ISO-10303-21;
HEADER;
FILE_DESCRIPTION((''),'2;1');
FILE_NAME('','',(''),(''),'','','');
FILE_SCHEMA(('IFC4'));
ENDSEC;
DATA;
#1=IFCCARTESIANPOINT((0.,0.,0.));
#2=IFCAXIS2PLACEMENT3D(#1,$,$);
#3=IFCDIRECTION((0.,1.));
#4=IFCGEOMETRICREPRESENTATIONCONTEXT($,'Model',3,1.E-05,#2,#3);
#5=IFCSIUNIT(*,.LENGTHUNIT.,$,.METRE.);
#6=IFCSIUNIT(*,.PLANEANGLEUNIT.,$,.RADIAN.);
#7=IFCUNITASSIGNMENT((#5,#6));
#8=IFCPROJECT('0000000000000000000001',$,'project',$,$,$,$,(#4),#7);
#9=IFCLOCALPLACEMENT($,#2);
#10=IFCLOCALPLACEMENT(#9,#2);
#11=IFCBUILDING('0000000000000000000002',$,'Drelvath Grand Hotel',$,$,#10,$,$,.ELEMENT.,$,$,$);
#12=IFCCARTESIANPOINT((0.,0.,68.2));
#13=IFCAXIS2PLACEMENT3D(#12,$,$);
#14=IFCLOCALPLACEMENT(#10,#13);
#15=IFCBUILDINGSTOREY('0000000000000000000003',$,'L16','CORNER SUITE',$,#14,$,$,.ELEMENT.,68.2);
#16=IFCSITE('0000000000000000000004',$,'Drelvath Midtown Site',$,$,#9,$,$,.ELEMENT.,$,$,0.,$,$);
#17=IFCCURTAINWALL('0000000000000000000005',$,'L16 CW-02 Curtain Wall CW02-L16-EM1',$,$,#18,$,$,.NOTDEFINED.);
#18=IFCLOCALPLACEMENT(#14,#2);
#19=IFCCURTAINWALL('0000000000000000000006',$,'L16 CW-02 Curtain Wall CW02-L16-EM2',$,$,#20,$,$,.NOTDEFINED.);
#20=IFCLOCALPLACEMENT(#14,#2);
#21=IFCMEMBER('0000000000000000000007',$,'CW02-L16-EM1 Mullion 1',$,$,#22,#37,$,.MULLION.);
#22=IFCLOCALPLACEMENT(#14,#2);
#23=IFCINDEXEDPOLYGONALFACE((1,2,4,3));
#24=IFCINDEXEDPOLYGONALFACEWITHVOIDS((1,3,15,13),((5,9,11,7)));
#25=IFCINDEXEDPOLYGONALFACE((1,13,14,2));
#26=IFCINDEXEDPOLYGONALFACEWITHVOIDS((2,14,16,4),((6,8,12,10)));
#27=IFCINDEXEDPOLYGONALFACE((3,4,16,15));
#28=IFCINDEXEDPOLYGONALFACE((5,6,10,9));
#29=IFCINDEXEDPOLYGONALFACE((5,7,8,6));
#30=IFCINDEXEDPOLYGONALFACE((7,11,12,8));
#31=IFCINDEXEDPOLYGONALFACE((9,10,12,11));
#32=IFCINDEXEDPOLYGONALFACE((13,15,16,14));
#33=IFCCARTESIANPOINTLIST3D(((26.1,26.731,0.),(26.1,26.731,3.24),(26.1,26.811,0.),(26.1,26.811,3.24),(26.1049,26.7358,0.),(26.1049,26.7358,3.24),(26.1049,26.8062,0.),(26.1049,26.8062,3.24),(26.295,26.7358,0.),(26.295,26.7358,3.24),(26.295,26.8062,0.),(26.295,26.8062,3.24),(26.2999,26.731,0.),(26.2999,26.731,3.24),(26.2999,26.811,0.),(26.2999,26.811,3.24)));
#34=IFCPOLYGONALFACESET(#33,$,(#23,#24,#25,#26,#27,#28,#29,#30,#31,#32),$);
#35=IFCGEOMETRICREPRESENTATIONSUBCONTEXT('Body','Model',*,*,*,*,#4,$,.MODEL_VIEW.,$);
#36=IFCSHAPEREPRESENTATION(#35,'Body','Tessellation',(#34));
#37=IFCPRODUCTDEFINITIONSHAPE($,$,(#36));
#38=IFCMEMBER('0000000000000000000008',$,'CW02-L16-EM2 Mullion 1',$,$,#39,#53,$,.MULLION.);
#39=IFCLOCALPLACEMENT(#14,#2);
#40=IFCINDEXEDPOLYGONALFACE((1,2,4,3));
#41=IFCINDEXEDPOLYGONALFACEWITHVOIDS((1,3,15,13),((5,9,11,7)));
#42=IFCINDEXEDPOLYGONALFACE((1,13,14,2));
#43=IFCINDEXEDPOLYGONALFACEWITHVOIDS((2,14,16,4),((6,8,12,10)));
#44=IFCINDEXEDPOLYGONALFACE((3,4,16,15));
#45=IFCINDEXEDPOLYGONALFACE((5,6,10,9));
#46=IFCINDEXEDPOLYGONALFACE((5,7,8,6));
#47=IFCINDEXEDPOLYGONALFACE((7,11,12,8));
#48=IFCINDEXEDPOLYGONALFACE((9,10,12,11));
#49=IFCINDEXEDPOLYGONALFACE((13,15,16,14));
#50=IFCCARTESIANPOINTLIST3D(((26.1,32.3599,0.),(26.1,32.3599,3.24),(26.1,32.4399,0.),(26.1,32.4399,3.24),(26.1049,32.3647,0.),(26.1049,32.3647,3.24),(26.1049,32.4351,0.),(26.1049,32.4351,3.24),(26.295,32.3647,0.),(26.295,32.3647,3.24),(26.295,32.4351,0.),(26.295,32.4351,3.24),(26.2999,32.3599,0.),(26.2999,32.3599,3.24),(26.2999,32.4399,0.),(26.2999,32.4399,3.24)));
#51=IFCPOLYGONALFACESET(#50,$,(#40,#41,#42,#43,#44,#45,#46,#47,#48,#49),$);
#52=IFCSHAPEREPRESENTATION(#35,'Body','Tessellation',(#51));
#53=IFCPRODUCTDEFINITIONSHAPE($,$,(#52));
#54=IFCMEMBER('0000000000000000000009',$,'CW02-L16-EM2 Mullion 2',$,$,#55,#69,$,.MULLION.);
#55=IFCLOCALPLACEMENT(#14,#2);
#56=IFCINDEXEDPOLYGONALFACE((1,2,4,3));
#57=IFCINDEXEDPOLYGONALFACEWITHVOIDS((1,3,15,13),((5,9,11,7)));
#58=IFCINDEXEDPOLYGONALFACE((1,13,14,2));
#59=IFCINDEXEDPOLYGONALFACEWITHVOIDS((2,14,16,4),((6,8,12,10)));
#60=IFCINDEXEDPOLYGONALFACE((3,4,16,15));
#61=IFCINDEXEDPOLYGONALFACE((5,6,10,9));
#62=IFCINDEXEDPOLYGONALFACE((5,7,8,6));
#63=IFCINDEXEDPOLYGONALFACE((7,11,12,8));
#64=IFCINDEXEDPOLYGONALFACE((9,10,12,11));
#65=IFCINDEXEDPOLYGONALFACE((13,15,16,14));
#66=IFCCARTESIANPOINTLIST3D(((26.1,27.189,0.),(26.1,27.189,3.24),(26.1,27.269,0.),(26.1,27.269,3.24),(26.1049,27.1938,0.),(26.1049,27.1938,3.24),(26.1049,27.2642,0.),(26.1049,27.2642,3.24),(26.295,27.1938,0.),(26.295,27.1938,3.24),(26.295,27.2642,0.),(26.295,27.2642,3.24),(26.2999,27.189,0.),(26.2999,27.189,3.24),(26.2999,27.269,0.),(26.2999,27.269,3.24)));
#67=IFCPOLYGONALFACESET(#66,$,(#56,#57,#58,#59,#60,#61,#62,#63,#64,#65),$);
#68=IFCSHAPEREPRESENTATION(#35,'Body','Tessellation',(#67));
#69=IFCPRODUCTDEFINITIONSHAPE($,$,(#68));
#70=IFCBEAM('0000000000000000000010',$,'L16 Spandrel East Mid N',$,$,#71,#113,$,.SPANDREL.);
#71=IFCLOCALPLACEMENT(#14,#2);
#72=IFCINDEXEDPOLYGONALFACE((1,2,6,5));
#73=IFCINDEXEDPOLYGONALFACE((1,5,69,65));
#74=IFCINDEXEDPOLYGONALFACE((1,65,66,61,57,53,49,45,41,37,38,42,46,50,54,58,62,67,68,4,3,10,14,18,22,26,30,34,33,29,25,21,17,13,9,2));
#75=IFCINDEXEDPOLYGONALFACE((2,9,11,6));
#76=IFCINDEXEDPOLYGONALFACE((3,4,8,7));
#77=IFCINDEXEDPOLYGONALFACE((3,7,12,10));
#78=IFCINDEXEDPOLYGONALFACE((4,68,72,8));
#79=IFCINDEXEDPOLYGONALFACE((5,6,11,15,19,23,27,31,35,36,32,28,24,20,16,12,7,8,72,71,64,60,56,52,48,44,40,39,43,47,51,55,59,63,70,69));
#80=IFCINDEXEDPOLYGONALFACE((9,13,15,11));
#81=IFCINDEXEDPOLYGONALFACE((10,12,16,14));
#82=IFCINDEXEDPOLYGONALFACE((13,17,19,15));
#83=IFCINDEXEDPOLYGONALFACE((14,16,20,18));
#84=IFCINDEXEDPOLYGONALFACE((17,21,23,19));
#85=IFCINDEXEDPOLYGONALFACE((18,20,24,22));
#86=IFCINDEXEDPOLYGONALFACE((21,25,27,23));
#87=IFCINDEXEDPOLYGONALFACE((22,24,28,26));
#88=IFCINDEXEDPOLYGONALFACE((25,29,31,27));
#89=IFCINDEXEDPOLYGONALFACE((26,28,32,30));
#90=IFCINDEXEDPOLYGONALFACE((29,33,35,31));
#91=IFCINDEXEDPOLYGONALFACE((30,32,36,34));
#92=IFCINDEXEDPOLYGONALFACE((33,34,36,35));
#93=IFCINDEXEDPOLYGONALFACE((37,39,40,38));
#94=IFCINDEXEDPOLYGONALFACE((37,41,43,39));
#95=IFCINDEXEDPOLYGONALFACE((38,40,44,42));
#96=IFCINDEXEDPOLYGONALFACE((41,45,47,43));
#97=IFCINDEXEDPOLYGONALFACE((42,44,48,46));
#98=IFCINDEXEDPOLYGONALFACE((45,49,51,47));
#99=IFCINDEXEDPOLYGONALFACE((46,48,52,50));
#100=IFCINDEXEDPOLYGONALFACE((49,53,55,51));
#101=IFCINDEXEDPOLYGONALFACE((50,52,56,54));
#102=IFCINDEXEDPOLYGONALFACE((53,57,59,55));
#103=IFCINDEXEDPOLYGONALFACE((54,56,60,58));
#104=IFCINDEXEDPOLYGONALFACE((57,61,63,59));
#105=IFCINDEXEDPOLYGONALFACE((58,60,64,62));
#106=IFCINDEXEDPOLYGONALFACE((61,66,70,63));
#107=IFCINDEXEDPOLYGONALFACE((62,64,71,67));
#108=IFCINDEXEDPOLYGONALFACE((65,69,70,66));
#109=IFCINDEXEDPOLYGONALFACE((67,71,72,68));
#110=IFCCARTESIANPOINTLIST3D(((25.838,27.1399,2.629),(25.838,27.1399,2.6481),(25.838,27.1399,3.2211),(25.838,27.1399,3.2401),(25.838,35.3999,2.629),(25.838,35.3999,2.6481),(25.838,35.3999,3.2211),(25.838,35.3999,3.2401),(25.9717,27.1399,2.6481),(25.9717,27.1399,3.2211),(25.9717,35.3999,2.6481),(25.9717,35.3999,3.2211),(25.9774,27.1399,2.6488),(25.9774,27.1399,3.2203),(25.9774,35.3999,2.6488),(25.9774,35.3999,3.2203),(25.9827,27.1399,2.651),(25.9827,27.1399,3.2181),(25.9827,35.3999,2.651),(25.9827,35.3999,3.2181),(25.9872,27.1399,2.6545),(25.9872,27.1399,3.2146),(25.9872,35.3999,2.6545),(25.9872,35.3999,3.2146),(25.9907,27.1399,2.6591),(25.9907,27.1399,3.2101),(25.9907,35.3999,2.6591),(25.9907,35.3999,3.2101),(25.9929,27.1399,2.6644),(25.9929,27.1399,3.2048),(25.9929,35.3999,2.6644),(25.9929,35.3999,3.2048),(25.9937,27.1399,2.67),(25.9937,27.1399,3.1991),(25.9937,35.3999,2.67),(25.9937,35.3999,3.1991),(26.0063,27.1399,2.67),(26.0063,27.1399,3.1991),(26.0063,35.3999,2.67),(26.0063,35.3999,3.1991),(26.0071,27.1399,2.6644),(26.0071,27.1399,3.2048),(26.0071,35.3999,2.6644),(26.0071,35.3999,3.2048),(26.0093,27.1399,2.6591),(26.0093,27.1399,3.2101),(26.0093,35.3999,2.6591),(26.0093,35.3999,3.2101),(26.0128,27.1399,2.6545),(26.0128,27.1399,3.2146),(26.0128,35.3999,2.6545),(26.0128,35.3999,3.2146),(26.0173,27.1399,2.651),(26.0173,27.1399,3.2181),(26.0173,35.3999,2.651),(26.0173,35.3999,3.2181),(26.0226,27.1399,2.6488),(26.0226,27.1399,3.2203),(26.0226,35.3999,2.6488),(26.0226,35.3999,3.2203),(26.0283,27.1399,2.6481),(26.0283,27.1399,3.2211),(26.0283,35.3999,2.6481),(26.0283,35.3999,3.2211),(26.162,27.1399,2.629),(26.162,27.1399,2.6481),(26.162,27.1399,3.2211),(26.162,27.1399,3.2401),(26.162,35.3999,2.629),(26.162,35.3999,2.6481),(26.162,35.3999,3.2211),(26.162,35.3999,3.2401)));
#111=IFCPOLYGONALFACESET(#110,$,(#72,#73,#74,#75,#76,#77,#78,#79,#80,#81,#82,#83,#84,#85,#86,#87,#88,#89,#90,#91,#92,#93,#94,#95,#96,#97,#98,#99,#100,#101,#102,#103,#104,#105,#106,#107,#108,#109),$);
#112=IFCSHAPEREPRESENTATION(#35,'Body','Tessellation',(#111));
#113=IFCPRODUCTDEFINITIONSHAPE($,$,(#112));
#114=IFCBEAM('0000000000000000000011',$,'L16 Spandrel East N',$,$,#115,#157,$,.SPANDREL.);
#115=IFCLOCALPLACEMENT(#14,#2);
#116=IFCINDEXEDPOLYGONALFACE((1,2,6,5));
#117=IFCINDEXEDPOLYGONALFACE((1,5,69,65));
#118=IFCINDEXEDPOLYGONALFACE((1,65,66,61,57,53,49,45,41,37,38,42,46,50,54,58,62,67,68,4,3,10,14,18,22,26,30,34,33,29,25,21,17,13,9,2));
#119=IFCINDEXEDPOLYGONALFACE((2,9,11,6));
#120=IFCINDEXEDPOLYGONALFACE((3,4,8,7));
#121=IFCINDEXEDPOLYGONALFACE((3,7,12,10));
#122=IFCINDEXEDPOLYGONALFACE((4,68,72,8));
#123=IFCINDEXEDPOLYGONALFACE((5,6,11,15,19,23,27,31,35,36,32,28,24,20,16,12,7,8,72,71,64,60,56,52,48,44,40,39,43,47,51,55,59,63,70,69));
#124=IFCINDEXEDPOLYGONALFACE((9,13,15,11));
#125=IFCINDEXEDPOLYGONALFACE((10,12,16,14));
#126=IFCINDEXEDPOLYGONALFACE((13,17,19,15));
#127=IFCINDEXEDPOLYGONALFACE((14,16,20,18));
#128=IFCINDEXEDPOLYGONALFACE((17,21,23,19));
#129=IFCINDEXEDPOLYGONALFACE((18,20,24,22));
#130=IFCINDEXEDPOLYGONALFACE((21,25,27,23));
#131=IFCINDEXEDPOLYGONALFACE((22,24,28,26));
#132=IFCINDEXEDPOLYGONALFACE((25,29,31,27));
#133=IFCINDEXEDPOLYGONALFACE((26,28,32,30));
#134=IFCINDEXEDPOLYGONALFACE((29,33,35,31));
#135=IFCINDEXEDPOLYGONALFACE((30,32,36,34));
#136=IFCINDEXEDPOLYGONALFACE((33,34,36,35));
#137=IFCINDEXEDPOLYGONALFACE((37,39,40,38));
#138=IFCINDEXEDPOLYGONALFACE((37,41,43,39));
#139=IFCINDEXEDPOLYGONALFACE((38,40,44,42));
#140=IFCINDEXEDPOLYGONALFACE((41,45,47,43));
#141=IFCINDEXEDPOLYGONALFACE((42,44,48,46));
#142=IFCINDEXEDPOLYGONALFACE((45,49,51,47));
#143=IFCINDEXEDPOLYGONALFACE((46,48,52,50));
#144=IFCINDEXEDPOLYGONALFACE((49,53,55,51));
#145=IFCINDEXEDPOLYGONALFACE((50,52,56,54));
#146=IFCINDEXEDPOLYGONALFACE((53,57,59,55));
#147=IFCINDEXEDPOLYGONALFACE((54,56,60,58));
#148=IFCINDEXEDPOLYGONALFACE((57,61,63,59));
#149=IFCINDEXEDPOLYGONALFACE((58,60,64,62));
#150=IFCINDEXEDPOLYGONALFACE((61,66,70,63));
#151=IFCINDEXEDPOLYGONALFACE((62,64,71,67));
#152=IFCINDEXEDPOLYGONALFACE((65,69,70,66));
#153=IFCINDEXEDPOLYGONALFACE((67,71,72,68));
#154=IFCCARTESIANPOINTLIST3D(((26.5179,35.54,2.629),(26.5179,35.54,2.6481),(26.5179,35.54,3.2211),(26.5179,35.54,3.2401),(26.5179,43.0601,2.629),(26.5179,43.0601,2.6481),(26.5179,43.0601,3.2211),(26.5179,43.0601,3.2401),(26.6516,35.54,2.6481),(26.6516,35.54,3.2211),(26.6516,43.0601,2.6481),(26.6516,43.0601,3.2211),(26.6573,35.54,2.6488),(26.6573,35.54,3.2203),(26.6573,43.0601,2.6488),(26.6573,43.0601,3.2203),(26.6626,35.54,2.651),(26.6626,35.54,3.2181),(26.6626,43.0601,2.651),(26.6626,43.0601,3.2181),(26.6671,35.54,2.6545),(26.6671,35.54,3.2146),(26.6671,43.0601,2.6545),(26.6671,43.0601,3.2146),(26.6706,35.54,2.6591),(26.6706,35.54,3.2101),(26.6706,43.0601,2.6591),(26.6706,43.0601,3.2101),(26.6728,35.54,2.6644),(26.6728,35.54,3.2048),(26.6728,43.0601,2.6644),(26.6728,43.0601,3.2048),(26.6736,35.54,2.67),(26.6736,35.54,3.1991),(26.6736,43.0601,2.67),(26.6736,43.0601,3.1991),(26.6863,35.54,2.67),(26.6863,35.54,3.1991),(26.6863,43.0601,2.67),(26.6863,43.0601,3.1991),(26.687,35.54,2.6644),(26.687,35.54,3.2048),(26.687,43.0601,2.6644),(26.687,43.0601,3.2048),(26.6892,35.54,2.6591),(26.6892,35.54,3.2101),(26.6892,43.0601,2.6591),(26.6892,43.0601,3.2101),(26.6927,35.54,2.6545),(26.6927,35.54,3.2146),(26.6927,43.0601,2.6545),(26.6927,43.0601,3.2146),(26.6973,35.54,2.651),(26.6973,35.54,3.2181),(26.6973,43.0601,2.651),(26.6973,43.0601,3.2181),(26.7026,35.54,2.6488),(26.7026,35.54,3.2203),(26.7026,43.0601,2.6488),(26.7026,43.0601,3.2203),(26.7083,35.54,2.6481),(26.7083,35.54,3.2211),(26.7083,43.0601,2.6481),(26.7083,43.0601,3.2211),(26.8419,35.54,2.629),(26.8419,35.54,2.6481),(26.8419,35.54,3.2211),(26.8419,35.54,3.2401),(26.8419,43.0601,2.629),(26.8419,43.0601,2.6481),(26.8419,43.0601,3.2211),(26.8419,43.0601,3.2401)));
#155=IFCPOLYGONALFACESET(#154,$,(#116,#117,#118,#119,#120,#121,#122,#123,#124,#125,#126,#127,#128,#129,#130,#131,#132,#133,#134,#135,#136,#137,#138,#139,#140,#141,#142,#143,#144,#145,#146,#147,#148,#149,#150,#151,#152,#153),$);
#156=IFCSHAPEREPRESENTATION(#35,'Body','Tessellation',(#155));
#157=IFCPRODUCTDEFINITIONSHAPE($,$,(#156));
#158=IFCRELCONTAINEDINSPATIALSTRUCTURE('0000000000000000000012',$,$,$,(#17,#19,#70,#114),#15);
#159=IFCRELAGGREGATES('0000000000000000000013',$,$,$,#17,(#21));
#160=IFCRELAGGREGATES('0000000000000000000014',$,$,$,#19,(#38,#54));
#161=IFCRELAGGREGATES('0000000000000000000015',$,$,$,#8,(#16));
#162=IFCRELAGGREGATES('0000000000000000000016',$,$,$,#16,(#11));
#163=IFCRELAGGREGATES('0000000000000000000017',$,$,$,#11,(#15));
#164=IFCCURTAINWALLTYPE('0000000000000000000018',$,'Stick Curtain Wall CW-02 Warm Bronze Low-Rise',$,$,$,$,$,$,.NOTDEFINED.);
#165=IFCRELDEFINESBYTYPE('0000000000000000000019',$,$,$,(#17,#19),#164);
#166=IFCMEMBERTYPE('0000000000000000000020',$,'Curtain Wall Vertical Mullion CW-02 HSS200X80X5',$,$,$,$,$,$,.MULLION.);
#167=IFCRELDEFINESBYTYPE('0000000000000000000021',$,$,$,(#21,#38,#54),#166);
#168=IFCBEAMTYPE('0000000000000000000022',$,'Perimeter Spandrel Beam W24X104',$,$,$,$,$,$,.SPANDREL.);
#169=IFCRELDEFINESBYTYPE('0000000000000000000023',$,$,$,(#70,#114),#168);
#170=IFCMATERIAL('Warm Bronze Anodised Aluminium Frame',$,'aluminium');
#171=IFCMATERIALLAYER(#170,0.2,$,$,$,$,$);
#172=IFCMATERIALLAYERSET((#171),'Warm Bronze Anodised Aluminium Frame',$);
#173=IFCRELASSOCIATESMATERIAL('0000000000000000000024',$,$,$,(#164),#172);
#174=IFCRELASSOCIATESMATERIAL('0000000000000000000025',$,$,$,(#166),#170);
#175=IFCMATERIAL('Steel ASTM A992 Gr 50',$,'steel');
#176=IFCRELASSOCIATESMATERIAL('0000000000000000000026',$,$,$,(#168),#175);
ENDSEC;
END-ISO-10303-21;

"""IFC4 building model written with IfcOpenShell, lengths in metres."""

from ifc_helpers import new_model, si_unit, direction, frame, origin, origin_2d, place, context, subcontext, project, spatial, hollow_rectangle, i_section, extrude, material, layer, layer_set, material_profile, profile_set, type_object, element, aggregate, save


model = new_model("IFC4")

# Units and contexts
model_context = context("Model", 3, precision=1e-05, world=origin(), true_north=direction((0.0, 1.0)))
body_context = subcontext(model_context, "Body", "Model", "MODEL_VIEW")
ifc_project = project(units=[si_unit("LENGTHUNIT", "METRE"), si_unit("PLANEANGLEUNIT", "RADIAN")], contexts=[model_context])

# Site, building, storey
site_placement = place(None, origin())
site = spatial("IfcSite", under=ifc_project, at=site_placement, Name="Drelvath Midtown Site", CompositionType="ELEMENT", RefElevation=0.0)
building_placement = place(site_placement, origin())
building = spatial("IfcBuilding", under=site, at=building_placement, Name="Drelvath Grand Hotel", CompositionType="ELEMENT")
storey_placement = place(building_placement, frame((0.0, 0.0, 68.2)))
storey = spatial("IfcBuildingStorey", under=building, at=storey_placement, Name="L16", Description="CORNER SUITE", CompositionType="ELEMENT", Elevation=68.2)

# Curtain walls
ifc_material_1 = material(Name="Warm Bronze Anodised Aluminium Frame", Category="aluminium")
ifc_layer_1 = layer(ifc_material_1, 0.2)
ifc_layer_set_1 = layer_set([ifc_layer_1], Name="Warm Bronze Anodised Aluminium Frame")
curtain_wall_type = type_object("IfcCurtainWallType", Name="Stick Curtain Wall CW-02 Warm Bronze Low-Rise", PredefinedType="NOTDEFINED", material=ifc_layer_set_1)
curtain_wall_1_placement = place(storey_placement, origin())
curtain_wall_1 = element("IfcCurtainWall", 1, at=curtain_wall_1_placement, inside=storey, type_object=curtain_wall_type, Name="L16 CW-02 Curtain Wall CW02-L16-EM1", PredefinedType="NOTDEFINED")
curtain_wall_2_placement = place(storey_placement, origin())
curtain_wall_2 = element("IfcCurtainWall", 2, at=curtain_wall_2_placement, inside=storey, type_object=curtain_wall_type, Name="L16 CW-02 Curtain Wall CW02-L16-EM2", PredefinedType="NOTDEFINED")

# Members
ifc_material_profile_1 = material_profile(ifc_material_1, hollow_rectangle(XDim=0.0801, YDim=0.2, WallThickness=0.0049, at=origin_2d()), Name="HSS200X80X5")
ifc_profile_set_1 = profile_set([ifc_material_profile_1], Name="Warm Bronze Anodised Aluminium Frame")
member_type_1 = type_object("IfcMemberType", Name="Curtain Wall Vertical Mullion CW-02 HSS200X80X5", PredefinedType="MULLION", material=ifc_profile_set_1)
member_1_placement = place(storey_placement, frame((26.2, 26.771, 0.0), z_axis=(0.0, 0.0, 1.0), x_axis=(0.0, 1.0, 0.0)))
member_1 = element("IfcMember", 3, at=member_1_placement, type_object=member_type_1, Name="CW02-L16-EM1 Mullion 1", PredefinedType="MULLION", context=body_context, shape_type="SweptSolid", body=[
    extrude(hollow_rectangle(XDim=0.0801, YDim=0.2, WallThickness=0.0049, at=origin_2d()), origin(), (0.0, 0.0, 1.0), 3.24),
])
aggregate(curtain_wall_1, [member_1])
member_2_placement = place(storey_placement, frame((26.2, 32.3999, 0.0), z_axis=(0.0, 0.0, 1.0), x_axis=(0.0, 1.0, 0.0)))
member_2 = element("IfcMember", 4, at=member_2_placement, type_object=member_type_1, Name="CW02-L16-EM2 Mullion 1", PredefinedType="MULLION", context=body_context, shape_type="SweptSolid", body=[
    extrude(hollow_rectangle(XDim=0.0801, YDim=0.2, WallThickness=0.0049, at=origin_2d()), origin(), (0.0, 0.0, 1.0), 3.24),
])
member_3_placement = place(storey_placement, frame((26.2, 27.229, 0.0), z_axis=(0.0, 0.0, 1.0), x_axis=(0.0, 1.0, 0.0)))
member_3 = element("IfcMember", 5, at=member_3_placement, type_object=member_type_1, Name="CW02-L16-EM2 Mullion 2", PredefinedType="MULLION", context=body_context, shape_type="SweptSolid", body=[
    extrude(hollow_rectangle(XDim=0.0801, YDim=0.2, WallThickness=0.0049, at=origin_2d()), origin(), (0.0, 0.0, 1.0), 3.24),
])

# Beams
ifc_material_2 = material(Name="Steel ASTM A992 Gr 50", Category="steel")
ifc_material_profile_2 = material_profile(ifc_material_2, i_section(OverallWidth=0.324, OverallDepth=0.6111, WebThickness=0.0127, FlangeThickness=0.019, FilletRadius=0.022, at=origin_2d()), Name="W24X104")
ifc_profile_set_2 = profile_set([ifc_material_profile_2], Name="Steel ASTM A992 Gr 50")
beam_type_1 = type_object("IfcBeamType", Name="Perimeter Spandrel Beam W24X104", PredefinedType="SPANDREL", material=ifc_profile_set_2)
beam_1_placement = place(storey_placement, frame((26.0, 27.1399, 2.9346), z_axis=(0.0, 1.0, 0.0), x_axis=(-1.0, 0.0, 0.0)))
element("IfcBeam", 6, at=beam_1_placement, inside=storey, type_object=beam_type_1, Name="L16 Spandrel East Mid N", PredefinedType="SPANDREL", context=body_context, shape_type="SweptSolid", body=[
    extrude(i_section(OverallWidth=0.324, OverallDepth=0.6111, WebThickness=0.0127, FlangeThickness=0.019, FilletRadius=0.022, at=origin_2d()), origin(), (0.0, 0.0, 1.0), 8.26),
])
beam_2_placement = place(storey_placement, frame((26.6799, 35.54, 2.9346), z_axis=(0.0, 1.0, 0.0), x_axis=(-1.0, 0.0, 0.0)))
element("IfcBeam", 7, at=beam_2_placement, inside=storey, type_object=beam_type_1, Name="L16 Spandrel East N", PredefinedType="SPANDREL", context=body_context, shape_type="SweptSolid", body=[
    extrude(i_section(OverallWidth=0.324, OverallDepth=0.6111, WebThickness=0.0127, FlangeThickness=0.019, FilletRadius=0.022, at=origin_2d()), origin(), (0.0, 0.0, 1.0), 7.52),
])

aggregate(curtain_wall_2, [member_2, member_3])

save(model, "model.ifc")
